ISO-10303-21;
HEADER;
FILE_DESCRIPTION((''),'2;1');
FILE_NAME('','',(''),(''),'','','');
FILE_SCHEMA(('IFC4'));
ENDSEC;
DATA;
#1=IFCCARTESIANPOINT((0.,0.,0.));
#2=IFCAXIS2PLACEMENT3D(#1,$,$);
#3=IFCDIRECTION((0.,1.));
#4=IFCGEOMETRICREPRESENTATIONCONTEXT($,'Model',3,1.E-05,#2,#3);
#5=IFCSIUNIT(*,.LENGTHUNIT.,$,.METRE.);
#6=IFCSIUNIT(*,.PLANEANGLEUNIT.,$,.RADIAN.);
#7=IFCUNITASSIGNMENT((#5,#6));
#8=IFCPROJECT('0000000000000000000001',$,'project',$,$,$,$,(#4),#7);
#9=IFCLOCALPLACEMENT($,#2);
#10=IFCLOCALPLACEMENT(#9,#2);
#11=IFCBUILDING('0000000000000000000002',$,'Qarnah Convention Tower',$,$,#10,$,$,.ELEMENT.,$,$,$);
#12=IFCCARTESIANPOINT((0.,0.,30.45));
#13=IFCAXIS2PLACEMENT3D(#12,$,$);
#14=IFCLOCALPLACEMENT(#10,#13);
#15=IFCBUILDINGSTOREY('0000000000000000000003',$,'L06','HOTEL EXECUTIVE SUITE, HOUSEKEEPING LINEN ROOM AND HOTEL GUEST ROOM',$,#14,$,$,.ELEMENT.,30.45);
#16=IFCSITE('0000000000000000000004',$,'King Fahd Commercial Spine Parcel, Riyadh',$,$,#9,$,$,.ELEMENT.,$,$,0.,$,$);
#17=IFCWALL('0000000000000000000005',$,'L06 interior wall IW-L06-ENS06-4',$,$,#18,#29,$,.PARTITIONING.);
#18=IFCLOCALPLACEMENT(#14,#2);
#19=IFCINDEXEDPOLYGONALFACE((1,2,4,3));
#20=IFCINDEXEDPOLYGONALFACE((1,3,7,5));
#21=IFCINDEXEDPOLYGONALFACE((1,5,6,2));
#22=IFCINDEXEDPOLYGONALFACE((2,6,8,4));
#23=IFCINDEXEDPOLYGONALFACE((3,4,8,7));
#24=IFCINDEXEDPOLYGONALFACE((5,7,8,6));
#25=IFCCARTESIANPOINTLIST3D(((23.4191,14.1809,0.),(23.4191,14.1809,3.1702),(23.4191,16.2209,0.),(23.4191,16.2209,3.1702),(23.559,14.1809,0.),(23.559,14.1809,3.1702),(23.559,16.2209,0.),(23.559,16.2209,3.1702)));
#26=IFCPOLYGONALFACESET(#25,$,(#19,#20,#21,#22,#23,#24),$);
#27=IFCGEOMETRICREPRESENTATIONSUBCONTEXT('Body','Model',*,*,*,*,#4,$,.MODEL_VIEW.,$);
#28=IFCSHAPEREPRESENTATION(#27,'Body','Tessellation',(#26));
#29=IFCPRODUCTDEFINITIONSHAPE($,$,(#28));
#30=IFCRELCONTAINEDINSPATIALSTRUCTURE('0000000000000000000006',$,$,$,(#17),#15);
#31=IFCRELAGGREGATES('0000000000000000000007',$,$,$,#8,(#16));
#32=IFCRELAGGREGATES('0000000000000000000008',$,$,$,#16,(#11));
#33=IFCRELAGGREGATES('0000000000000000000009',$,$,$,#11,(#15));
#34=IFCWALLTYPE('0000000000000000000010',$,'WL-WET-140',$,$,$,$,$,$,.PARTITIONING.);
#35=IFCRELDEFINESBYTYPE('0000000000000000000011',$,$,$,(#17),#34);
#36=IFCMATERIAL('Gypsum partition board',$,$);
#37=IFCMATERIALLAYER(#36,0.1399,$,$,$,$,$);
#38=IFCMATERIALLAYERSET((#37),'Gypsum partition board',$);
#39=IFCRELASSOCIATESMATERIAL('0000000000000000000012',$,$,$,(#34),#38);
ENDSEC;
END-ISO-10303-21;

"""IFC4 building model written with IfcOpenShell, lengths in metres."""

from ifc_helpers import new_model, si_unit, direction, frame, frame_2d, origin, place, context, subcontext, project, spatial, rectangle, extrude, material, layer, layer_set, type_object, element, save


model = new_model("IFC4")

# Units and contexts
model_context = context("Model", 3, precision=1e-05, world=origin(), true_north=direction((0.0, 1.0)))
body_context = subcontext(model_context, "Body", "Model", "MODEL_VIEW")
ifc_project = project(units=[si_unit("LENGTHUNIT", "METRE"), si_unit("PLANEANGLEUNIT", "RADIAN")], contexts=[model_context])

# Site, building, storey
site_placement = place(None, origin())
site = spatial("IfcSite", under=ifc_project, at=site_placement, Name="King Fahd Commercial Spine Parcel, Riyadh", CompositionType="ELEMENT", RefElevation=0.0)
building_placement = place(site_placement, origin())
building = spatial("IfcBuilding", under=site, at=building_placement, Name="Qarnah Convention Tower", CompositionType="ELEMENT")
storey_placement = place(building_placement, frame((0.0, 0.0, 30.45)))
storey = spatial("IfcBuildingStorey", under=building, at=storey_placement, Name="L06", Description="HOTEL EXECUTIVE SUITE, HOUSEKEEPING LINEN ROOM AND HOTEL GUEST ROOM", CompositionType="ELEMENT", Elevation=30.45)

# Shared definitions
ifc_material_1 = material(Name="Gypsum partition board")

# Shared definitions
ifc_layer_1 = layer(ifc_material_1, 0.1399)
ifc_layer_set_1 = layer_set([ifc_layer_1], Name="Gypsum partition board")
wall_type_1 = type_object("IfcWallType", Name="WL-WET-140", PredefinedType="PARTITIONING", material=ifc_layer_set_1)

# Wall
wall_1_placement = place(storey_placement, frame((23.489, 16.2209, 0.0), z_axis=(0.0, 0.0, 1.0), x_axis=(0.0, -1.0, 0.0)))
element("IfcWall", 1, at=wall_1_placement, inside=storey, type_object=wall_type_1, Name="L06 interior wall IW-L06-ENS06-4", PredefinedType="PARTITIONING", context=body_context, shape_type="SweptSolid", body=[
    extrude(rectangle(XDim=2.04, YDim=0.1399, at=frame_2d((1.02, 0.0))), origin(), (0.0, 0.0, 1.0), 3.1702),
])

save(model, "model.ifc")
